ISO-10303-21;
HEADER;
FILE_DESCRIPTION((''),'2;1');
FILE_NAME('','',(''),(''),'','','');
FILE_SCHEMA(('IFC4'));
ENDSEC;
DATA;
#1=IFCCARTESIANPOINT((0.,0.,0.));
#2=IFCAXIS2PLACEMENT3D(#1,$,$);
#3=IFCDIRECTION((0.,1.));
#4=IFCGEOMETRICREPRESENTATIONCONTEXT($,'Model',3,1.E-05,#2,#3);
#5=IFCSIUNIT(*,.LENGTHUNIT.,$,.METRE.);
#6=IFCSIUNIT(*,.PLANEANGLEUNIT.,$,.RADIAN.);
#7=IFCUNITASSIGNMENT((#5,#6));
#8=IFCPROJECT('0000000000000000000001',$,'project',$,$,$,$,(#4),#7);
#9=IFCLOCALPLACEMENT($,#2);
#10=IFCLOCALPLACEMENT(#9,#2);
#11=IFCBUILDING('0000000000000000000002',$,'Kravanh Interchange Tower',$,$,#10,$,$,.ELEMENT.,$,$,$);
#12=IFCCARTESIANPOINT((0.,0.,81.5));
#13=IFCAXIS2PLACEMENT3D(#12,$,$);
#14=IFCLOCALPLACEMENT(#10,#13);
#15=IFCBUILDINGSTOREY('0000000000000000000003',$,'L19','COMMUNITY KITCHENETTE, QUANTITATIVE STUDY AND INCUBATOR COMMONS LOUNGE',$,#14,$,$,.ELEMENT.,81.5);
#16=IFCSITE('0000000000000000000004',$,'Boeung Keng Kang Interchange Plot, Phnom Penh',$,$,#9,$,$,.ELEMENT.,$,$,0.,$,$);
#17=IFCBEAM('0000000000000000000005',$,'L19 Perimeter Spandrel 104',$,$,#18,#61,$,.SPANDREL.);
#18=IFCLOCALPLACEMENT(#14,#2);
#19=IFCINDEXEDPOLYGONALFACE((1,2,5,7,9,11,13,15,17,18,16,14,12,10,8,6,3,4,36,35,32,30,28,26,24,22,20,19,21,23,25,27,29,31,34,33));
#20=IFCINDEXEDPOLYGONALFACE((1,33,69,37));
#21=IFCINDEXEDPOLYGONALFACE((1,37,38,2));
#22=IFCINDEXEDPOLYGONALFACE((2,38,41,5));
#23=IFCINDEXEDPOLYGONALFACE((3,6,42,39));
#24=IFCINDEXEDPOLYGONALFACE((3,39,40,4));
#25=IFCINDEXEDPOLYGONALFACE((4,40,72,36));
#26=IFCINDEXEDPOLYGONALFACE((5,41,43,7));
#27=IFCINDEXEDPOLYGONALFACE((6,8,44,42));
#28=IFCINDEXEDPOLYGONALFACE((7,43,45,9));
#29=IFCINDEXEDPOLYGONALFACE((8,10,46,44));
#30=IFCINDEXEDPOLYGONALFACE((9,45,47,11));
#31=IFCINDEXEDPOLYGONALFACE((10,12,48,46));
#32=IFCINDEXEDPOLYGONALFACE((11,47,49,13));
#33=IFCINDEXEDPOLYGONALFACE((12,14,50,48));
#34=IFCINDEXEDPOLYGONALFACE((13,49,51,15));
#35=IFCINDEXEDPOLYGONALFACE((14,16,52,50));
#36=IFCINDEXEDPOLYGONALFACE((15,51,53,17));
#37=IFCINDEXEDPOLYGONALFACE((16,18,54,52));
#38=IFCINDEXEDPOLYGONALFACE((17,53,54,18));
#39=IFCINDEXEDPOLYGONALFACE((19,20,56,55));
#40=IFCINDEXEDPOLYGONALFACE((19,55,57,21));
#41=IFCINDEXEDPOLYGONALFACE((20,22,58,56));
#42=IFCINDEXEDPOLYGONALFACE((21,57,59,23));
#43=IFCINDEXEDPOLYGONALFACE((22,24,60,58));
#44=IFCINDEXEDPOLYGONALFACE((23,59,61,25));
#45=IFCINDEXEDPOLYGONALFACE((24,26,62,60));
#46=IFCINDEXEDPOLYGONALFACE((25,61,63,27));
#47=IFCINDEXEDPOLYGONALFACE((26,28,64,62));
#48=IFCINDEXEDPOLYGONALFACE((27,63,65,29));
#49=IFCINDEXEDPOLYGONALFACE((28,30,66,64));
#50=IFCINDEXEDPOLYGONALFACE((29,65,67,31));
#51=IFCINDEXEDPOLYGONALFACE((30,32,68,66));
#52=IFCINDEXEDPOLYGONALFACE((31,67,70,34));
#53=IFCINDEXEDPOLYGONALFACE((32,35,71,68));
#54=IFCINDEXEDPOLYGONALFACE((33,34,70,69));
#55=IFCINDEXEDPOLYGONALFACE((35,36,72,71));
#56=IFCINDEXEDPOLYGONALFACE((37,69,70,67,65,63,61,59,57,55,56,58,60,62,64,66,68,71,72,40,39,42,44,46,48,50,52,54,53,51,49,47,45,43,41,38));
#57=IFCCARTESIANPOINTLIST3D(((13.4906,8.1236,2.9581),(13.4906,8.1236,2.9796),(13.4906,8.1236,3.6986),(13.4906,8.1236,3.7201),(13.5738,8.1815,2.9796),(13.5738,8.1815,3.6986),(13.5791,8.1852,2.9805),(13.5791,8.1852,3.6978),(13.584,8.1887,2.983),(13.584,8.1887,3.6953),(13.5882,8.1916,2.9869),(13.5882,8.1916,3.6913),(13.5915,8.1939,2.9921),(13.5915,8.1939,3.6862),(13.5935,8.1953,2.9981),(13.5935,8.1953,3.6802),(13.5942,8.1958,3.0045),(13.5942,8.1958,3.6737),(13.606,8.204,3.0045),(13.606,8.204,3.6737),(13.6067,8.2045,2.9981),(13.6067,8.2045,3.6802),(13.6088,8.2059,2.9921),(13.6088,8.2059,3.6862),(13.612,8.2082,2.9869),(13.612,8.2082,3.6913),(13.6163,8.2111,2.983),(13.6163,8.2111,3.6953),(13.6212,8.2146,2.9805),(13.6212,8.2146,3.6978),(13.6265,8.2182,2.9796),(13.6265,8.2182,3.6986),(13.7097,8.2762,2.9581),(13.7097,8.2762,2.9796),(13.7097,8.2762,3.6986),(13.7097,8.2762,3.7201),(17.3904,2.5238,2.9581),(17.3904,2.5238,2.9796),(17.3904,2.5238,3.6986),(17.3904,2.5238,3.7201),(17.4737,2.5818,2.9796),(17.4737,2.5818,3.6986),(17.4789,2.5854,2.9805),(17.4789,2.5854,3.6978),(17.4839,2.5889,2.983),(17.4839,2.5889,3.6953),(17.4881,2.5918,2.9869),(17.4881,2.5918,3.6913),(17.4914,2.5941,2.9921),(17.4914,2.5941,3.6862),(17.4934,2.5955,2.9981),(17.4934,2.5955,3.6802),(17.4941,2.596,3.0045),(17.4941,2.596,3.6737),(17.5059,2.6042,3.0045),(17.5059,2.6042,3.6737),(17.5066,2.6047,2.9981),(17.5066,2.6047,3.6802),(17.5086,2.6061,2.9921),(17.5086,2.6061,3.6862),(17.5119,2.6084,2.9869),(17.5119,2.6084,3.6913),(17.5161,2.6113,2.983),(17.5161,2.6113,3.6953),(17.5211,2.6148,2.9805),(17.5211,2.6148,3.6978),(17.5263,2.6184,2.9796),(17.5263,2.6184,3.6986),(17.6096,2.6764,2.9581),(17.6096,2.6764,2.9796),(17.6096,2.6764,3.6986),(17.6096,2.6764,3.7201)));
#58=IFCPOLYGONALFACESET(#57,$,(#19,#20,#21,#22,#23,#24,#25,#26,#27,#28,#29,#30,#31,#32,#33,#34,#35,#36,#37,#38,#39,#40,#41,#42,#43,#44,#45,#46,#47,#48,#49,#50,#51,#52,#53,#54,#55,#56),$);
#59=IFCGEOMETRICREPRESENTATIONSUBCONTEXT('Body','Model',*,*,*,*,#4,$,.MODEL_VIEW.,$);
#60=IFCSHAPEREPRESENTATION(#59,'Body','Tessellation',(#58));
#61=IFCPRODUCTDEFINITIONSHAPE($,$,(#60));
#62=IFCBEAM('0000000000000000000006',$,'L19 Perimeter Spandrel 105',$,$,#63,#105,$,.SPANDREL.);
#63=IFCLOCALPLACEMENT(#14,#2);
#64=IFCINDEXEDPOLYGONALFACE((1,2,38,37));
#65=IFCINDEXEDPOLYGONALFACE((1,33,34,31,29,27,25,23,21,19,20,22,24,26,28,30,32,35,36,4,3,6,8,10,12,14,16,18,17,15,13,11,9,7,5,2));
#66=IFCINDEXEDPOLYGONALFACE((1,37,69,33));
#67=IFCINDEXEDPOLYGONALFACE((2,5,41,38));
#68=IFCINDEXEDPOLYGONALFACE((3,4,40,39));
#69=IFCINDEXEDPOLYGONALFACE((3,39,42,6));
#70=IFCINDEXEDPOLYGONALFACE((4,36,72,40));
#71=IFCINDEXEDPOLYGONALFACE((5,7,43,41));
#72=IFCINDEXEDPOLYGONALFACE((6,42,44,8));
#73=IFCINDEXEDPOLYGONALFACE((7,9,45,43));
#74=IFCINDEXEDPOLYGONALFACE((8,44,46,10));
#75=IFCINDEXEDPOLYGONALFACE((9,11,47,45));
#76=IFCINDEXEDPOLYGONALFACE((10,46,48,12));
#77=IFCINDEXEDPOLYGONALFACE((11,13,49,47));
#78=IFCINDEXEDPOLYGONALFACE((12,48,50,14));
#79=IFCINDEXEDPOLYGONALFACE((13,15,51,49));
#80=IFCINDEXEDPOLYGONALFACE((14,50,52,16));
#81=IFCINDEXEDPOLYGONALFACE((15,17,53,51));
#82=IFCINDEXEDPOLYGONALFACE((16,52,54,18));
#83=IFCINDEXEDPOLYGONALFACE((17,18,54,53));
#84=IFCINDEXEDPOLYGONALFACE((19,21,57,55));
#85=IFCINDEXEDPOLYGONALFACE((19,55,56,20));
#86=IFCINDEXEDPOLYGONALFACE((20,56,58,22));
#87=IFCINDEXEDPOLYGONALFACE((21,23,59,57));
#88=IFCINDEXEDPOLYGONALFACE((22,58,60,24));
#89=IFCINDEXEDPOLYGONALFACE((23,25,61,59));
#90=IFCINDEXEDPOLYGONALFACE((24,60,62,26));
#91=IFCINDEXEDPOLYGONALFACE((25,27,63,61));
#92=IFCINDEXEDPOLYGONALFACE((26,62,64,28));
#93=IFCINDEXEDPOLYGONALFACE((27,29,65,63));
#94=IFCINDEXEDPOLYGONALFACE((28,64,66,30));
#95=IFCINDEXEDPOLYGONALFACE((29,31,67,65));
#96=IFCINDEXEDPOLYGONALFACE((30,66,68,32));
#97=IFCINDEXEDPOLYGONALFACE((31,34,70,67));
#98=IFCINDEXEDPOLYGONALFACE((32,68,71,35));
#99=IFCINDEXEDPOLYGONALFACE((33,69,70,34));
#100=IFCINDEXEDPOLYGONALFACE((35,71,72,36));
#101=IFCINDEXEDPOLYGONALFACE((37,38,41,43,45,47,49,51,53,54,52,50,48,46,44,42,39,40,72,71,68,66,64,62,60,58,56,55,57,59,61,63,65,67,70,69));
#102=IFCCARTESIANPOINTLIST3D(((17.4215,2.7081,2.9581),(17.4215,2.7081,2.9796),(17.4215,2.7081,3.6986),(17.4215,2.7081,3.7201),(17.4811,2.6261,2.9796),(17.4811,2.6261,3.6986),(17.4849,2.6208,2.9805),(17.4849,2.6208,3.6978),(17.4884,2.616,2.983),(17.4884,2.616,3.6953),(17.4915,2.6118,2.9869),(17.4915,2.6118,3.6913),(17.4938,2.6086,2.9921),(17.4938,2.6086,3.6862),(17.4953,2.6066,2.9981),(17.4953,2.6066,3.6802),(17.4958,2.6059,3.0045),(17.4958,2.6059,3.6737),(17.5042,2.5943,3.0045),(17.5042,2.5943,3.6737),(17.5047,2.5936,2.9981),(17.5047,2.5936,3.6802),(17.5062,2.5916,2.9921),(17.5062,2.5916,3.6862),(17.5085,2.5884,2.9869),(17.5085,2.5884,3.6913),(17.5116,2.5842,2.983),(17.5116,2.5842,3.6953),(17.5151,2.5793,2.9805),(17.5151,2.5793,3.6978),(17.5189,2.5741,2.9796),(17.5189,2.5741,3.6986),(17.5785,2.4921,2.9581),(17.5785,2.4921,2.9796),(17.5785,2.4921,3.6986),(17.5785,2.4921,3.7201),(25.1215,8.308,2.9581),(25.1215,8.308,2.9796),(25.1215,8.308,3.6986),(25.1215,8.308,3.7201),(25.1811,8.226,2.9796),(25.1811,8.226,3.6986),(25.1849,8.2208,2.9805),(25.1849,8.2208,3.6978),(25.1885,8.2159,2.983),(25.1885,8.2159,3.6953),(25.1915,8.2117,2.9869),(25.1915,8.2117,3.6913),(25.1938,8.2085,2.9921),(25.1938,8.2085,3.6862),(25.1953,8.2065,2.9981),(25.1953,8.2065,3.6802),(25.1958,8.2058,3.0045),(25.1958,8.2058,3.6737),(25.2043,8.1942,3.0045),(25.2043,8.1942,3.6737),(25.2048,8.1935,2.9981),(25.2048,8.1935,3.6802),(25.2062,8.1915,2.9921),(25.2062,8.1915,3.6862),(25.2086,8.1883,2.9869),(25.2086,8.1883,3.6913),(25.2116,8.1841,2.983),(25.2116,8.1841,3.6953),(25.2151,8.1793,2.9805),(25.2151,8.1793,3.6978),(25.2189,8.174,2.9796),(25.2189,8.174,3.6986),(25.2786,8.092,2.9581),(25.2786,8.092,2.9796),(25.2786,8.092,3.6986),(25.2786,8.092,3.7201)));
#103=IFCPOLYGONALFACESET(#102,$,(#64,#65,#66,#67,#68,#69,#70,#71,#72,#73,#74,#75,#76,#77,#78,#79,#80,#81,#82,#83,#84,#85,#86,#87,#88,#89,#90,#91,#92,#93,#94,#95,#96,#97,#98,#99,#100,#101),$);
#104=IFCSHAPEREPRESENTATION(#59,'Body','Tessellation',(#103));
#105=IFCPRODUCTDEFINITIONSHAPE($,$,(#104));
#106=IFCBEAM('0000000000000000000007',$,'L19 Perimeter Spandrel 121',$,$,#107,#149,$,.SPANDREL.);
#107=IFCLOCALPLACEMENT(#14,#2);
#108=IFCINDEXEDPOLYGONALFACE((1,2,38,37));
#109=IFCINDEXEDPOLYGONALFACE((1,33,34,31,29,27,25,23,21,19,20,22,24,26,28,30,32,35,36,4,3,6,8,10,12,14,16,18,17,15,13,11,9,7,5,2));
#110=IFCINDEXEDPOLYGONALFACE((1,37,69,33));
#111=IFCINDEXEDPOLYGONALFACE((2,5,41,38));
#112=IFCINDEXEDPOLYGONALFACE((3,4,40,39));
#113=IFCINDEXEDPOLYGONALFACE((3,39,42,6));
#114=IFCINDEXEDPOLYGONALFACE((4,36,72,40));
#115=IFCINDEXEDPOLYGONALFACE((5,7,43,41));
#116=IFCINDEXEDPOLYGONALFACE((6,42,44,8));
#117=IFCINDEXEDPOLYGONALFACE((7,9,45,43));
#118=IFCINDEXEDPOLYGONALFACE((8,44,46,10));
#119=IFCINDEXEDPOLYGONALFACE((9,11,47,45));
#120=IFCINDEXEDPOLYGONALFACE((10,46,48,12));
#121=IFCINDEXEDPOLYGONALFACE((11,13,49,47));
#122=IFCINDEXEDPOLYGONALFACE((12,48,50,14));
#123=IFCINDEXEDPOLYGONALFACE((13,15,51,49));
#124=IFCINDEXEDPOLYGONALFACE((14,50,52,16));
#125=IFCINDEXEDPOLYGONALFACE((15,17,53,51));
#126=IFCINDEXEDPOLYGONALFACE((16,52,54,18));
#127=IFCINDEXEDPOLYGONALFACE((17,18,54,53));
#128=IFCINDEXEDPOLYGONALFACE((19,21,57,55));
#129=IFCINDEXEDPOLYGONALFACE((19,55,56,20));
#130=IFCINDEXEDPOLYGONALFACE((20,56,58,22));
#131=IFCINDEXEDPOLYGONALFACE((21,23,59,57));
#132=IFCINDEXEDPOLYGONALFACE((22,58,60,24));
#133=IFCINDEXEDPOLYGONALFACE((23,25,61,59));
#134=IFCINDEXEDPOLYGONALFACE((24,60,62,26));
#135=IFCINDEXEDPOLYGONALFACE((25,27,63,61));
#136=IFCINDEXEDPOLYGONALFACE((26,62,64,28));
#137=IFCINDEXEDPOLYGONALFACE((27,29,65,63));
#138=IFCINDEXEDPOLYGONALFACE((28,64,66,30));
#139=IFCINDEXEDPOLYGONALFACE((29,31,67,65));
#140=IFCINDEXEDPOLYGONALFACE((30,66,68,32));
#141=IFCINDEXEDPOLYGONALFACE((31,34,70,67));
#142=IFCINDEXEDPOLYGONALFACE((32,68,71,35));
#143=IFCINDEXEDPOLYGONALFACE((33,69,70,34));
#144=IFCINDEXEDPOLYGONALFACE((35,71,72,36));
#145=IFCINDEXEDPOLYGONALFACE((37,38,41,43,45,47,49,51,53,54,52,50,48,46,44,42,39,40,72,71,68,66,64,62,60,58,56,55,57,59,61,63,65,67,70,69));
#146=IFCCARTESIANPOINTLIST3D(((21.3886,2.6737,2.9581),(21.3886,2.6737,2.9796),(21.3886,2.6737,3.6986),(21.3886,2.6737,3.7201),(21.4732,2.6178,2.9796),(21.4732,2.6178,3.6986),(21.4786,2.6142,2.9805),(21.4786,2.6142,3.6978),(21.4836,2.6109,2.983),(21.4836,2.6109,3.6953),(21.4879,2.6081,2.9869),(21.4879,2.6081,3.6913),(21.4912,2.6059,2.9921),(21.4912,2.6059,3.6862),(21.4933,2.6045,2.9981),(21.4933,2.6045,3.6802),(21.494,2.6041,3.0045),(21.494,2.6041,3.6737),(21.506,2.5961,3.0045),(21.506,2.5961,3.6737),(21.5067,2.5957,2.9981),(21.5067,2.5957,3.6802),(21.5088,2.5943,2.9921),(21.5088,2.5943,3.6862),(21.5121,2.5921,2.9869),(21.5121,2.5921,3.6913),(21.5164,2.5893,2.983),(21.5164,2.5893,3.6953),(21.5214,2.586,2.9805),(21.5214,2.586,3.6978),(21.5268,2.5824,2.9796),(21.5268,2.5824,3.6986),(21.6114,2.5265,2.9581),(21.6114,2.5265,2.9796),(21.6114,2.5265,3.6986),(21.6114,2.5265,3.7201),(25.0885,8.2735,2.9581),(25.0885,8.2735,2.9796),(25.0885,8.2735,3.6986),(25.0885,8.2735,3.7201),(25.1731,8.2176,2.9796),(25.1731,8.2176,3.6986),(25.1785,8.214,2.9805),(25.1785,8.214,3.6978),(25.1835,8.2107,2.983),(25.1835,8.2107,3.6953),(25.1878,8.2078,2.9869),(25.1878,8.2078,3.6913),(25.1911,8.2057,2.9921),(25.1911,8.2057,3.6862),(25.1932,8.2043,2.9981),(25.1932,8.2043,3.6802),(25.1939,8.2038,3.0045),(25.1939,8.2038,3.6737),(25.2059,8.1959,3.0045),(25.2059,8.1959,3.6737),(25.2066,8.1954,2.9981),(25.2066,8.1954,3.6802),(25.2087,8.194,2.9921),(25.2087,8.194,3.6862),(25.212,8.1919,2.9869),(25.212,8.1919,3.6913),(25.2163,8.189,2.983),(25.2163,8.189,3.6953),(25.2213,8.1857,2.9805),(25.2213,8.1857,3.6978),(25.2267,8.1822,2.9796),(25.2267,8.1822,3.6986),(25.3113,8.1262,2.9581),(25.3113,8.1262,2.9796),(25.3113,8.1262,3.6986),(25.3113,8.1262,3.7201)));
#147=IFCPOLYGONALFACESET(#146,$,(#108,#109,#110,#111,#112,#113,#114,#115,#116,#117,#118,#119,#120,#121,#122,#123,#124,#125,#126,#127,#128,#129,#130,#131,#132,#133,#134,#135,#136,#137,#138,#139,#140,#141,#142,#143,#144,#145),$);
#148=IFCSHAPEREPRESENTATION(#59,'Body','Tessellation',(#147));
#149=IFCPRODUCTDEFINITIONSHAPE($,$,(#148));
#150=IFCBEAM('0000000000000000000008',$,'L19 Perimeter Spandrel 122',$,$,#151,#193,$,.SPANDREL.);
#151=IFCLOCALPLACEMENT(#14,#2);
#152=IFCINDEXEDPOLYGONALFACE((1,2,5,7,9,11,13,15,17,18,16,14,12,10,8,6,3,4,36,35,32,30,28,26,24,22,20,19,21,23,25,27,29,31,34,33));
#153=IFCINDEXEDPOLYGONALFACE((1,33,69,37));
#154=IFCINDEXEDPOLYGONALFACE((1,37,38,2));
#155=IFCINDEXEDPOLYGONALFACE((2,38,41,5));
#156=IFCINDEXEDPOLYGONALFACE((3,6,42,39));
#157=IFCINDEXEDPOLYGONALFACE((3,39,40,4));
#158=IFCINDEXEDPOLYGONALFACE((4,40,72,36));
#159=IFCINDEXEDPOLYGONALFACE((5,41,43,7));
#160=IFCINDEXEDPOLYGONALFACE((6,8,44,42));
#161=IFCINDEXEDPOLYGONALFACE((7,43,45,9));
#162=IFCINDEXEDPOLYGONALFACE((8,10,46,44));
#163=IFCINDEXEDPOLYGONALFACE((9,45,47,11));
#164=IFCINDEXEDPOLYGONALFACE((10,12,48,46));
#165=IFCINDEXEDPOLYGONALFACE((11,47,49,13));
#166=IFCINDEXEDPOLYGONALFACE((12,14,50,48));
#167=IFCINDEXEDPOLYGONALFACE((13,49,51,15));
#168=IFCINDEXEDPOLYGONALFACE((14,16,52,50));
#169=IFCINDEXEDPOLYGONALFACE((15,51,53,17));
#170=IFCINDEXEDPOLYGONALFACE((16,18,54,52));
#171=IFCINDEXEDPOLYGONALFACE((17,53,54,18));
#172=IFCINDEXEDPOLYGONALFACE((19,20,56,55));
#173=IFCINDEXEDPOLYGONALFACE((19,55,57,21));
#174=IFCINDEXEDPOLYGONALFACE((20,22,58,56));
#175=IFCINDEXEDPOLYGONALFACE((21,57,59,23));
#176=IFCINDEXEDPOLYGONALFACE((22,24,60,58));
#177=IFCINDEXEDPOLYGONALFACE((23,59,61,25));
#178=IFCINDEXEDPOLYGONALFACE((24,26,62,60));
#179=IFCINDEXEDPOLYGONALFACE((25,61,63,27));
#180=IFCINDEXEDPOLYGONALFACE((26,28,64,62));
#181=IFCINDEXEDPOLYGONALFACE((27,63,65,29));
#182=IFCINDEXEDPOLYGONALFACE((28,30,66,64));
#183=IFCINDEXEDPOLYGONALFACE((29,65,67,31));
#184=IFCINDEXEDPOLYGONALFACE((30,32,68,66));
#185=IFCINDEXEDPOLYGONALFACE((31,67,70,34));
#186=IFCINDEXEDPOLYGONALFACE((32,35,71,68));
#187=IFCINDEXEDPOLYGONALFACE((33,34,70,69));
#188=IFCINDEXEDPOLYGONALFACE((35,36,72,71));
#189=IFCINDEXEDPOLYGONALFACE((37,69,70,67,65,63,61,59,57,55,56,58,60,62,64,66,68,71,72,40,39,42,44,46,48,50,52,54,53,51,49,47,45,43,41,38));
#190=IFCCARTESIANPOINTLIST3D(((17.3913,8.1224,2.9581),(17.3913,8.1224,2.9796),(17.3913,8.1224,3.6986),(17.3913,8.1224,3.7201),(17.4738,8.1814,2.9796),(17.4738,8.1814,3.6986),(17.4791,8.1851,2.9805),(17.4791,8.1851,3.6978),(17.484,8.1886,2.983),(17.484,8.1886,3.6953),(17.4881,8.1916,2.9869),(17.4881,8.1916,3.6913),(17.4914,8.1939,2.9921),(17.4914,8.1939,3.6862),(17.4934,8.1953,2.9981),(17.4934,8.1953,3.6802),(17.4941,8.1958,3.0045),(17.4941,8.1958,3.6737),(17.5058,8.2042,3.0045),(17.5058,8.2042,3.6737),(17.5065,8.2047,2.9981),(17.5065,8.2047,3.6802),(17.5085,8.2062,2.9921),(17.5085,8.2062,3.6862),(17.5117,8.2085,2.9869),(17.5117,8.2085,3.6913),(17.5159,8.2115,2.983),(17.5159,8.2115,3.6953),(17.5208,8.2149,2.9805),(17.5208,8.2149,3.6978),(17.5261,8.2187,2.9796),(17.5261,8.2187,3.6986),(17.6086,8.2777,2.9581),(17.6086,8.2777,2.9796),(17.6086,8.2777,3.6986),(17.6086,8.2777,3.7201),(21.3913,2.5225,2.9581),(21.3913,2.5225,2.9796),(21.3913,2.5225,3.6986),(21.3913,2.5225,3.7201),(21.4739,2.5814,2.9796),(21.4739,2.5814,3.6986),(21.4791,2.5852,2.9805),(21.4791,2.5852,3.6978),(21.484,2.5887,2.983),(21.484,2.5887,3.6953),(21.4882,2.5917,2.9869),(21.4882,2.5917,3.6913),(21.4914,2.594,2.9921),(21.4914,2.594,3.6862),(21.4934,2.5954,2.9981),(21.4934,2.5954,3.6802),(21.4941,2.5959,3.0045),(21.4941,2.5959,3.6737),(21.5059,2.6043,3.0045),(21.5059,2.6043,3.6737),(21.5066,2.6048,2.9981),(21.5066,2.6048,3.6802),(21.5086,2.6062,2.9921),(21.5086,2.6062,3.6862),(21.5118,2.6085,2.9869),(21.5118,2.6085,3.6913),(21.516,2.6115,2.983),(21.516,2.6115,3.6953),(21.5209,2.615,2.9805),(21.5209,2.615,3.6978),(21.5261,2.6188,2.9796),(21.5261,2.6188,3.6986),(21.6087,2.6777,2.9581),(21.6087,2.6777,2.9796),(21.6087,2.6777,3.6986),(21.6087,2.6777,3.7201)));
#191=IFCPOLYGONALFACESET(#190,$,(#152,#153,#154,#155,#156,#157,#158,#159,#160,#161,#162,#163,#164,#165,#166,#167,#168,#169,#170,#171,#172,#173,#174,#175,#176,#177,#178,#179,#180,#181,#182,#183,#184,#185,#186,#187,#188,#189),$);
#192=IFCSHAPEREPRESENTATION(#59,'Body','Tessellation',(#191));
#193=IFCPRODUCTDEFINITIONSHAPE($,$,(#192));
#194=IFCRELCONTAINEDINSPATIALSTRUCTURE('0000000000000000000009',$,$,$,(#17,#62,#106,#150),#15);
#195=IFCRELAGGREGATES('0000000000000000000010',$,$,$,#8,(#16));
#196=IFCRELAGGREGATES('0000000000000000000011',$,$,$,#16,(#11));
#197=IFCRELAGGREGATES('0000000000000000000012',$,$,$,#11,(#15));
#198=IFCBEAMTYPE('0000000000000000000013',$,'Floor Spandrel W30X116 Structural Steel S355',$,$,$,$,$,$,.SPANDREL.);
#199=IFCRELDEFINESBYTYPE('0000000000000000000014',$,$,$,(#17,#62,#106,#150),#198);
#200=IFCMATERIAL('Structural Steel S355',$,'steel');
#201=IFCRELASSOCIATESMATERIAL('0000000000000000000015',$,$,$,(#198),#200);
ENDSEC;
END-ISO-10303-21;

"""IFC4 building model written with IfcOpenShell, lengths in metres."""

from ifc_helpers import new_model, si_unit, direction, frame, origin, origin_2d, place, context, subcontext, project, spatial, i_section, extrude, material, material_profile, profile_set, type_object, element, save


model = new_model("IFC4")

# Units and contexts
model_context = context("Model", 3, precision=1e-05, world=origin(), true_north=direction((0.0, 1.0)))
body_context = subcontext(model_context, "Body", "Model", "MODEL_VIEW")
ifc_project = project(units=[si_unit("LENGTHUNIT", "METRE"), si_unit("PLANEANGLEUNIT", "RADIAN")], contexts=[model_context])

# Site, building, storey
site_placement = place(None, origin())
site = spatial("IfcSite", under=ifc_project, at=site_placement, Name="Boeung Keng Kang Interchange Plot, Phnom Penh", CompositionType="ELEMENT", RefElevation=0.0)
building_placement = place(site_placement, origin())
building = spatial("IfcBuilding", under=site, at=building_placement, Name="Kravanh Interchange Tower", CompositionType="ELEMENT")
storey_placement = place(building_placement, frame((0.0, 0.0, 81.5)))
storey = spatial("IfcBuildingStorey", under=building, at=storey_placement, Name="L19", Description="COMMUNITY KITCHENETTE, QUANTITATIVE STUDY AND INCUBATOR COMMONS LOUNGE", CompositionType="ELEMENT", Elevation=81.5)

# Beams
ifc_material_1 = material(Name="Structural Steel S355", Category="steel")
ifc_material_profile_1 = material_profile(ifc_material_1, i_section(OverallWidth=0.2671, OverallDepth=0.762, WebThickness=0.0144, FlangeThickness=0.0215, FilletRadius=0.0249, at=origin_2d()), Name="W30X116")
ifc_profile_set_1 = profile_set([ifc_material_profile_1], Name="Structural Steel S355")
beam_type_1 = type_object("IfcBeamType", Name="Floor Spandrel W30X116 Structural Steel S355", PredefinedType="SPANDREL", material=ifc_profile_set_1)
beam_1_placement = place(storey_placement, frame((17.5, 2.6001, 3.3391), z_axis=(-0.571494, 0.820606, 0.0), x_axis=(-0.820606, -0.571494, 0.0)))
element("IfcBeam", 1, at=beam_1_placement, inside=storey, type_object=beam_type_1, Name="L19 Perimeter Spandrel 104", PredefinedType="SPANDREL", context=body_context, shape_type="SweptSolid", body=[
    extrude(i_section(OverallWidth=0.2671, OverallDepth=0.762, WebThickness=0.0144, FlangeThickness=0.0215, FilletRadius=0.0249, at=origin_2d()), origin(), (0.0, 0.0, 1.0), 6.824),
])
beam_2_placement = place(storey_placement, frame((17.5, 2.6001, 3.3391), z_axis=(0.808742, 0.588164, 0.0), x_axis=(-0.588164, 0.808742, 0.0)))
element("IfcBeam", 2, at=beam_2_placement, inside=storey, type_object=beam_type_1, Name="L19 Perimeter Spandrel 105", PredefinedType="SPANDREL", context=body_context, shape_type="SweptSolid", body=[
    extrude(i_section(OverallWidth=0.2671, OverallDepth=0.762, WebThickness=0.0144, FlangeThickness=0.0215, FilletRadius=0.0249, at=origin_2d()), origin(), (0.0, 0.0, 1.0), 9.521),
])
beam_3_placement = place(storey_placement, frame((21.5, 2.6001, 3.3391), z_axis=(0.551262, 0.834332, 0.0), x_axis=(-0.834332, 0.551262, 0.0)))
element("IfcBeam", 3, at=beam_3_placement, inside=storey, type_object=beam_type_1, Name="L19 Perimeter Spandrel 121", PredefinedType="SPANDREL", context=body_context, shape_type="SweptSolid", body=[
    extrude(i_section(OverallWidth=0.2671, OverallDepth=0.762, WebThickness=0.0144, FlangeThickness=0.0215, FilletRadius=0.0249, at=origin_2d()), origin(), (0.0, 0.0, 1.0), 6.7117),
])
beam_4_placement = place(storey_placement, frame((21.5, 2.6001, 3.3391), z_axis=(-0.581248, 0.813726, 0.0), x_axis=(-0.813726, -0.581248, 0.0)))
element("IfcBeam", 4, at=beam_4_placement, inside=storey, type_object=beam_type_1, Name="L19 Perimeter Spandrel 122", PredefinedType="SPANDREL", context=body_context, shape_type="SweptSolid", body=[
    extrude(i_section(OverallWidth=0.2671, OverallDepth=0.762, WebThickness=0.0144, FlangeThickness=0.0215, FilletRadius=0.0249, at=origin_2d()), origin(), (0.0, 0.0, 1.0), 6.8818),
])

save(model, "model.ifc")
